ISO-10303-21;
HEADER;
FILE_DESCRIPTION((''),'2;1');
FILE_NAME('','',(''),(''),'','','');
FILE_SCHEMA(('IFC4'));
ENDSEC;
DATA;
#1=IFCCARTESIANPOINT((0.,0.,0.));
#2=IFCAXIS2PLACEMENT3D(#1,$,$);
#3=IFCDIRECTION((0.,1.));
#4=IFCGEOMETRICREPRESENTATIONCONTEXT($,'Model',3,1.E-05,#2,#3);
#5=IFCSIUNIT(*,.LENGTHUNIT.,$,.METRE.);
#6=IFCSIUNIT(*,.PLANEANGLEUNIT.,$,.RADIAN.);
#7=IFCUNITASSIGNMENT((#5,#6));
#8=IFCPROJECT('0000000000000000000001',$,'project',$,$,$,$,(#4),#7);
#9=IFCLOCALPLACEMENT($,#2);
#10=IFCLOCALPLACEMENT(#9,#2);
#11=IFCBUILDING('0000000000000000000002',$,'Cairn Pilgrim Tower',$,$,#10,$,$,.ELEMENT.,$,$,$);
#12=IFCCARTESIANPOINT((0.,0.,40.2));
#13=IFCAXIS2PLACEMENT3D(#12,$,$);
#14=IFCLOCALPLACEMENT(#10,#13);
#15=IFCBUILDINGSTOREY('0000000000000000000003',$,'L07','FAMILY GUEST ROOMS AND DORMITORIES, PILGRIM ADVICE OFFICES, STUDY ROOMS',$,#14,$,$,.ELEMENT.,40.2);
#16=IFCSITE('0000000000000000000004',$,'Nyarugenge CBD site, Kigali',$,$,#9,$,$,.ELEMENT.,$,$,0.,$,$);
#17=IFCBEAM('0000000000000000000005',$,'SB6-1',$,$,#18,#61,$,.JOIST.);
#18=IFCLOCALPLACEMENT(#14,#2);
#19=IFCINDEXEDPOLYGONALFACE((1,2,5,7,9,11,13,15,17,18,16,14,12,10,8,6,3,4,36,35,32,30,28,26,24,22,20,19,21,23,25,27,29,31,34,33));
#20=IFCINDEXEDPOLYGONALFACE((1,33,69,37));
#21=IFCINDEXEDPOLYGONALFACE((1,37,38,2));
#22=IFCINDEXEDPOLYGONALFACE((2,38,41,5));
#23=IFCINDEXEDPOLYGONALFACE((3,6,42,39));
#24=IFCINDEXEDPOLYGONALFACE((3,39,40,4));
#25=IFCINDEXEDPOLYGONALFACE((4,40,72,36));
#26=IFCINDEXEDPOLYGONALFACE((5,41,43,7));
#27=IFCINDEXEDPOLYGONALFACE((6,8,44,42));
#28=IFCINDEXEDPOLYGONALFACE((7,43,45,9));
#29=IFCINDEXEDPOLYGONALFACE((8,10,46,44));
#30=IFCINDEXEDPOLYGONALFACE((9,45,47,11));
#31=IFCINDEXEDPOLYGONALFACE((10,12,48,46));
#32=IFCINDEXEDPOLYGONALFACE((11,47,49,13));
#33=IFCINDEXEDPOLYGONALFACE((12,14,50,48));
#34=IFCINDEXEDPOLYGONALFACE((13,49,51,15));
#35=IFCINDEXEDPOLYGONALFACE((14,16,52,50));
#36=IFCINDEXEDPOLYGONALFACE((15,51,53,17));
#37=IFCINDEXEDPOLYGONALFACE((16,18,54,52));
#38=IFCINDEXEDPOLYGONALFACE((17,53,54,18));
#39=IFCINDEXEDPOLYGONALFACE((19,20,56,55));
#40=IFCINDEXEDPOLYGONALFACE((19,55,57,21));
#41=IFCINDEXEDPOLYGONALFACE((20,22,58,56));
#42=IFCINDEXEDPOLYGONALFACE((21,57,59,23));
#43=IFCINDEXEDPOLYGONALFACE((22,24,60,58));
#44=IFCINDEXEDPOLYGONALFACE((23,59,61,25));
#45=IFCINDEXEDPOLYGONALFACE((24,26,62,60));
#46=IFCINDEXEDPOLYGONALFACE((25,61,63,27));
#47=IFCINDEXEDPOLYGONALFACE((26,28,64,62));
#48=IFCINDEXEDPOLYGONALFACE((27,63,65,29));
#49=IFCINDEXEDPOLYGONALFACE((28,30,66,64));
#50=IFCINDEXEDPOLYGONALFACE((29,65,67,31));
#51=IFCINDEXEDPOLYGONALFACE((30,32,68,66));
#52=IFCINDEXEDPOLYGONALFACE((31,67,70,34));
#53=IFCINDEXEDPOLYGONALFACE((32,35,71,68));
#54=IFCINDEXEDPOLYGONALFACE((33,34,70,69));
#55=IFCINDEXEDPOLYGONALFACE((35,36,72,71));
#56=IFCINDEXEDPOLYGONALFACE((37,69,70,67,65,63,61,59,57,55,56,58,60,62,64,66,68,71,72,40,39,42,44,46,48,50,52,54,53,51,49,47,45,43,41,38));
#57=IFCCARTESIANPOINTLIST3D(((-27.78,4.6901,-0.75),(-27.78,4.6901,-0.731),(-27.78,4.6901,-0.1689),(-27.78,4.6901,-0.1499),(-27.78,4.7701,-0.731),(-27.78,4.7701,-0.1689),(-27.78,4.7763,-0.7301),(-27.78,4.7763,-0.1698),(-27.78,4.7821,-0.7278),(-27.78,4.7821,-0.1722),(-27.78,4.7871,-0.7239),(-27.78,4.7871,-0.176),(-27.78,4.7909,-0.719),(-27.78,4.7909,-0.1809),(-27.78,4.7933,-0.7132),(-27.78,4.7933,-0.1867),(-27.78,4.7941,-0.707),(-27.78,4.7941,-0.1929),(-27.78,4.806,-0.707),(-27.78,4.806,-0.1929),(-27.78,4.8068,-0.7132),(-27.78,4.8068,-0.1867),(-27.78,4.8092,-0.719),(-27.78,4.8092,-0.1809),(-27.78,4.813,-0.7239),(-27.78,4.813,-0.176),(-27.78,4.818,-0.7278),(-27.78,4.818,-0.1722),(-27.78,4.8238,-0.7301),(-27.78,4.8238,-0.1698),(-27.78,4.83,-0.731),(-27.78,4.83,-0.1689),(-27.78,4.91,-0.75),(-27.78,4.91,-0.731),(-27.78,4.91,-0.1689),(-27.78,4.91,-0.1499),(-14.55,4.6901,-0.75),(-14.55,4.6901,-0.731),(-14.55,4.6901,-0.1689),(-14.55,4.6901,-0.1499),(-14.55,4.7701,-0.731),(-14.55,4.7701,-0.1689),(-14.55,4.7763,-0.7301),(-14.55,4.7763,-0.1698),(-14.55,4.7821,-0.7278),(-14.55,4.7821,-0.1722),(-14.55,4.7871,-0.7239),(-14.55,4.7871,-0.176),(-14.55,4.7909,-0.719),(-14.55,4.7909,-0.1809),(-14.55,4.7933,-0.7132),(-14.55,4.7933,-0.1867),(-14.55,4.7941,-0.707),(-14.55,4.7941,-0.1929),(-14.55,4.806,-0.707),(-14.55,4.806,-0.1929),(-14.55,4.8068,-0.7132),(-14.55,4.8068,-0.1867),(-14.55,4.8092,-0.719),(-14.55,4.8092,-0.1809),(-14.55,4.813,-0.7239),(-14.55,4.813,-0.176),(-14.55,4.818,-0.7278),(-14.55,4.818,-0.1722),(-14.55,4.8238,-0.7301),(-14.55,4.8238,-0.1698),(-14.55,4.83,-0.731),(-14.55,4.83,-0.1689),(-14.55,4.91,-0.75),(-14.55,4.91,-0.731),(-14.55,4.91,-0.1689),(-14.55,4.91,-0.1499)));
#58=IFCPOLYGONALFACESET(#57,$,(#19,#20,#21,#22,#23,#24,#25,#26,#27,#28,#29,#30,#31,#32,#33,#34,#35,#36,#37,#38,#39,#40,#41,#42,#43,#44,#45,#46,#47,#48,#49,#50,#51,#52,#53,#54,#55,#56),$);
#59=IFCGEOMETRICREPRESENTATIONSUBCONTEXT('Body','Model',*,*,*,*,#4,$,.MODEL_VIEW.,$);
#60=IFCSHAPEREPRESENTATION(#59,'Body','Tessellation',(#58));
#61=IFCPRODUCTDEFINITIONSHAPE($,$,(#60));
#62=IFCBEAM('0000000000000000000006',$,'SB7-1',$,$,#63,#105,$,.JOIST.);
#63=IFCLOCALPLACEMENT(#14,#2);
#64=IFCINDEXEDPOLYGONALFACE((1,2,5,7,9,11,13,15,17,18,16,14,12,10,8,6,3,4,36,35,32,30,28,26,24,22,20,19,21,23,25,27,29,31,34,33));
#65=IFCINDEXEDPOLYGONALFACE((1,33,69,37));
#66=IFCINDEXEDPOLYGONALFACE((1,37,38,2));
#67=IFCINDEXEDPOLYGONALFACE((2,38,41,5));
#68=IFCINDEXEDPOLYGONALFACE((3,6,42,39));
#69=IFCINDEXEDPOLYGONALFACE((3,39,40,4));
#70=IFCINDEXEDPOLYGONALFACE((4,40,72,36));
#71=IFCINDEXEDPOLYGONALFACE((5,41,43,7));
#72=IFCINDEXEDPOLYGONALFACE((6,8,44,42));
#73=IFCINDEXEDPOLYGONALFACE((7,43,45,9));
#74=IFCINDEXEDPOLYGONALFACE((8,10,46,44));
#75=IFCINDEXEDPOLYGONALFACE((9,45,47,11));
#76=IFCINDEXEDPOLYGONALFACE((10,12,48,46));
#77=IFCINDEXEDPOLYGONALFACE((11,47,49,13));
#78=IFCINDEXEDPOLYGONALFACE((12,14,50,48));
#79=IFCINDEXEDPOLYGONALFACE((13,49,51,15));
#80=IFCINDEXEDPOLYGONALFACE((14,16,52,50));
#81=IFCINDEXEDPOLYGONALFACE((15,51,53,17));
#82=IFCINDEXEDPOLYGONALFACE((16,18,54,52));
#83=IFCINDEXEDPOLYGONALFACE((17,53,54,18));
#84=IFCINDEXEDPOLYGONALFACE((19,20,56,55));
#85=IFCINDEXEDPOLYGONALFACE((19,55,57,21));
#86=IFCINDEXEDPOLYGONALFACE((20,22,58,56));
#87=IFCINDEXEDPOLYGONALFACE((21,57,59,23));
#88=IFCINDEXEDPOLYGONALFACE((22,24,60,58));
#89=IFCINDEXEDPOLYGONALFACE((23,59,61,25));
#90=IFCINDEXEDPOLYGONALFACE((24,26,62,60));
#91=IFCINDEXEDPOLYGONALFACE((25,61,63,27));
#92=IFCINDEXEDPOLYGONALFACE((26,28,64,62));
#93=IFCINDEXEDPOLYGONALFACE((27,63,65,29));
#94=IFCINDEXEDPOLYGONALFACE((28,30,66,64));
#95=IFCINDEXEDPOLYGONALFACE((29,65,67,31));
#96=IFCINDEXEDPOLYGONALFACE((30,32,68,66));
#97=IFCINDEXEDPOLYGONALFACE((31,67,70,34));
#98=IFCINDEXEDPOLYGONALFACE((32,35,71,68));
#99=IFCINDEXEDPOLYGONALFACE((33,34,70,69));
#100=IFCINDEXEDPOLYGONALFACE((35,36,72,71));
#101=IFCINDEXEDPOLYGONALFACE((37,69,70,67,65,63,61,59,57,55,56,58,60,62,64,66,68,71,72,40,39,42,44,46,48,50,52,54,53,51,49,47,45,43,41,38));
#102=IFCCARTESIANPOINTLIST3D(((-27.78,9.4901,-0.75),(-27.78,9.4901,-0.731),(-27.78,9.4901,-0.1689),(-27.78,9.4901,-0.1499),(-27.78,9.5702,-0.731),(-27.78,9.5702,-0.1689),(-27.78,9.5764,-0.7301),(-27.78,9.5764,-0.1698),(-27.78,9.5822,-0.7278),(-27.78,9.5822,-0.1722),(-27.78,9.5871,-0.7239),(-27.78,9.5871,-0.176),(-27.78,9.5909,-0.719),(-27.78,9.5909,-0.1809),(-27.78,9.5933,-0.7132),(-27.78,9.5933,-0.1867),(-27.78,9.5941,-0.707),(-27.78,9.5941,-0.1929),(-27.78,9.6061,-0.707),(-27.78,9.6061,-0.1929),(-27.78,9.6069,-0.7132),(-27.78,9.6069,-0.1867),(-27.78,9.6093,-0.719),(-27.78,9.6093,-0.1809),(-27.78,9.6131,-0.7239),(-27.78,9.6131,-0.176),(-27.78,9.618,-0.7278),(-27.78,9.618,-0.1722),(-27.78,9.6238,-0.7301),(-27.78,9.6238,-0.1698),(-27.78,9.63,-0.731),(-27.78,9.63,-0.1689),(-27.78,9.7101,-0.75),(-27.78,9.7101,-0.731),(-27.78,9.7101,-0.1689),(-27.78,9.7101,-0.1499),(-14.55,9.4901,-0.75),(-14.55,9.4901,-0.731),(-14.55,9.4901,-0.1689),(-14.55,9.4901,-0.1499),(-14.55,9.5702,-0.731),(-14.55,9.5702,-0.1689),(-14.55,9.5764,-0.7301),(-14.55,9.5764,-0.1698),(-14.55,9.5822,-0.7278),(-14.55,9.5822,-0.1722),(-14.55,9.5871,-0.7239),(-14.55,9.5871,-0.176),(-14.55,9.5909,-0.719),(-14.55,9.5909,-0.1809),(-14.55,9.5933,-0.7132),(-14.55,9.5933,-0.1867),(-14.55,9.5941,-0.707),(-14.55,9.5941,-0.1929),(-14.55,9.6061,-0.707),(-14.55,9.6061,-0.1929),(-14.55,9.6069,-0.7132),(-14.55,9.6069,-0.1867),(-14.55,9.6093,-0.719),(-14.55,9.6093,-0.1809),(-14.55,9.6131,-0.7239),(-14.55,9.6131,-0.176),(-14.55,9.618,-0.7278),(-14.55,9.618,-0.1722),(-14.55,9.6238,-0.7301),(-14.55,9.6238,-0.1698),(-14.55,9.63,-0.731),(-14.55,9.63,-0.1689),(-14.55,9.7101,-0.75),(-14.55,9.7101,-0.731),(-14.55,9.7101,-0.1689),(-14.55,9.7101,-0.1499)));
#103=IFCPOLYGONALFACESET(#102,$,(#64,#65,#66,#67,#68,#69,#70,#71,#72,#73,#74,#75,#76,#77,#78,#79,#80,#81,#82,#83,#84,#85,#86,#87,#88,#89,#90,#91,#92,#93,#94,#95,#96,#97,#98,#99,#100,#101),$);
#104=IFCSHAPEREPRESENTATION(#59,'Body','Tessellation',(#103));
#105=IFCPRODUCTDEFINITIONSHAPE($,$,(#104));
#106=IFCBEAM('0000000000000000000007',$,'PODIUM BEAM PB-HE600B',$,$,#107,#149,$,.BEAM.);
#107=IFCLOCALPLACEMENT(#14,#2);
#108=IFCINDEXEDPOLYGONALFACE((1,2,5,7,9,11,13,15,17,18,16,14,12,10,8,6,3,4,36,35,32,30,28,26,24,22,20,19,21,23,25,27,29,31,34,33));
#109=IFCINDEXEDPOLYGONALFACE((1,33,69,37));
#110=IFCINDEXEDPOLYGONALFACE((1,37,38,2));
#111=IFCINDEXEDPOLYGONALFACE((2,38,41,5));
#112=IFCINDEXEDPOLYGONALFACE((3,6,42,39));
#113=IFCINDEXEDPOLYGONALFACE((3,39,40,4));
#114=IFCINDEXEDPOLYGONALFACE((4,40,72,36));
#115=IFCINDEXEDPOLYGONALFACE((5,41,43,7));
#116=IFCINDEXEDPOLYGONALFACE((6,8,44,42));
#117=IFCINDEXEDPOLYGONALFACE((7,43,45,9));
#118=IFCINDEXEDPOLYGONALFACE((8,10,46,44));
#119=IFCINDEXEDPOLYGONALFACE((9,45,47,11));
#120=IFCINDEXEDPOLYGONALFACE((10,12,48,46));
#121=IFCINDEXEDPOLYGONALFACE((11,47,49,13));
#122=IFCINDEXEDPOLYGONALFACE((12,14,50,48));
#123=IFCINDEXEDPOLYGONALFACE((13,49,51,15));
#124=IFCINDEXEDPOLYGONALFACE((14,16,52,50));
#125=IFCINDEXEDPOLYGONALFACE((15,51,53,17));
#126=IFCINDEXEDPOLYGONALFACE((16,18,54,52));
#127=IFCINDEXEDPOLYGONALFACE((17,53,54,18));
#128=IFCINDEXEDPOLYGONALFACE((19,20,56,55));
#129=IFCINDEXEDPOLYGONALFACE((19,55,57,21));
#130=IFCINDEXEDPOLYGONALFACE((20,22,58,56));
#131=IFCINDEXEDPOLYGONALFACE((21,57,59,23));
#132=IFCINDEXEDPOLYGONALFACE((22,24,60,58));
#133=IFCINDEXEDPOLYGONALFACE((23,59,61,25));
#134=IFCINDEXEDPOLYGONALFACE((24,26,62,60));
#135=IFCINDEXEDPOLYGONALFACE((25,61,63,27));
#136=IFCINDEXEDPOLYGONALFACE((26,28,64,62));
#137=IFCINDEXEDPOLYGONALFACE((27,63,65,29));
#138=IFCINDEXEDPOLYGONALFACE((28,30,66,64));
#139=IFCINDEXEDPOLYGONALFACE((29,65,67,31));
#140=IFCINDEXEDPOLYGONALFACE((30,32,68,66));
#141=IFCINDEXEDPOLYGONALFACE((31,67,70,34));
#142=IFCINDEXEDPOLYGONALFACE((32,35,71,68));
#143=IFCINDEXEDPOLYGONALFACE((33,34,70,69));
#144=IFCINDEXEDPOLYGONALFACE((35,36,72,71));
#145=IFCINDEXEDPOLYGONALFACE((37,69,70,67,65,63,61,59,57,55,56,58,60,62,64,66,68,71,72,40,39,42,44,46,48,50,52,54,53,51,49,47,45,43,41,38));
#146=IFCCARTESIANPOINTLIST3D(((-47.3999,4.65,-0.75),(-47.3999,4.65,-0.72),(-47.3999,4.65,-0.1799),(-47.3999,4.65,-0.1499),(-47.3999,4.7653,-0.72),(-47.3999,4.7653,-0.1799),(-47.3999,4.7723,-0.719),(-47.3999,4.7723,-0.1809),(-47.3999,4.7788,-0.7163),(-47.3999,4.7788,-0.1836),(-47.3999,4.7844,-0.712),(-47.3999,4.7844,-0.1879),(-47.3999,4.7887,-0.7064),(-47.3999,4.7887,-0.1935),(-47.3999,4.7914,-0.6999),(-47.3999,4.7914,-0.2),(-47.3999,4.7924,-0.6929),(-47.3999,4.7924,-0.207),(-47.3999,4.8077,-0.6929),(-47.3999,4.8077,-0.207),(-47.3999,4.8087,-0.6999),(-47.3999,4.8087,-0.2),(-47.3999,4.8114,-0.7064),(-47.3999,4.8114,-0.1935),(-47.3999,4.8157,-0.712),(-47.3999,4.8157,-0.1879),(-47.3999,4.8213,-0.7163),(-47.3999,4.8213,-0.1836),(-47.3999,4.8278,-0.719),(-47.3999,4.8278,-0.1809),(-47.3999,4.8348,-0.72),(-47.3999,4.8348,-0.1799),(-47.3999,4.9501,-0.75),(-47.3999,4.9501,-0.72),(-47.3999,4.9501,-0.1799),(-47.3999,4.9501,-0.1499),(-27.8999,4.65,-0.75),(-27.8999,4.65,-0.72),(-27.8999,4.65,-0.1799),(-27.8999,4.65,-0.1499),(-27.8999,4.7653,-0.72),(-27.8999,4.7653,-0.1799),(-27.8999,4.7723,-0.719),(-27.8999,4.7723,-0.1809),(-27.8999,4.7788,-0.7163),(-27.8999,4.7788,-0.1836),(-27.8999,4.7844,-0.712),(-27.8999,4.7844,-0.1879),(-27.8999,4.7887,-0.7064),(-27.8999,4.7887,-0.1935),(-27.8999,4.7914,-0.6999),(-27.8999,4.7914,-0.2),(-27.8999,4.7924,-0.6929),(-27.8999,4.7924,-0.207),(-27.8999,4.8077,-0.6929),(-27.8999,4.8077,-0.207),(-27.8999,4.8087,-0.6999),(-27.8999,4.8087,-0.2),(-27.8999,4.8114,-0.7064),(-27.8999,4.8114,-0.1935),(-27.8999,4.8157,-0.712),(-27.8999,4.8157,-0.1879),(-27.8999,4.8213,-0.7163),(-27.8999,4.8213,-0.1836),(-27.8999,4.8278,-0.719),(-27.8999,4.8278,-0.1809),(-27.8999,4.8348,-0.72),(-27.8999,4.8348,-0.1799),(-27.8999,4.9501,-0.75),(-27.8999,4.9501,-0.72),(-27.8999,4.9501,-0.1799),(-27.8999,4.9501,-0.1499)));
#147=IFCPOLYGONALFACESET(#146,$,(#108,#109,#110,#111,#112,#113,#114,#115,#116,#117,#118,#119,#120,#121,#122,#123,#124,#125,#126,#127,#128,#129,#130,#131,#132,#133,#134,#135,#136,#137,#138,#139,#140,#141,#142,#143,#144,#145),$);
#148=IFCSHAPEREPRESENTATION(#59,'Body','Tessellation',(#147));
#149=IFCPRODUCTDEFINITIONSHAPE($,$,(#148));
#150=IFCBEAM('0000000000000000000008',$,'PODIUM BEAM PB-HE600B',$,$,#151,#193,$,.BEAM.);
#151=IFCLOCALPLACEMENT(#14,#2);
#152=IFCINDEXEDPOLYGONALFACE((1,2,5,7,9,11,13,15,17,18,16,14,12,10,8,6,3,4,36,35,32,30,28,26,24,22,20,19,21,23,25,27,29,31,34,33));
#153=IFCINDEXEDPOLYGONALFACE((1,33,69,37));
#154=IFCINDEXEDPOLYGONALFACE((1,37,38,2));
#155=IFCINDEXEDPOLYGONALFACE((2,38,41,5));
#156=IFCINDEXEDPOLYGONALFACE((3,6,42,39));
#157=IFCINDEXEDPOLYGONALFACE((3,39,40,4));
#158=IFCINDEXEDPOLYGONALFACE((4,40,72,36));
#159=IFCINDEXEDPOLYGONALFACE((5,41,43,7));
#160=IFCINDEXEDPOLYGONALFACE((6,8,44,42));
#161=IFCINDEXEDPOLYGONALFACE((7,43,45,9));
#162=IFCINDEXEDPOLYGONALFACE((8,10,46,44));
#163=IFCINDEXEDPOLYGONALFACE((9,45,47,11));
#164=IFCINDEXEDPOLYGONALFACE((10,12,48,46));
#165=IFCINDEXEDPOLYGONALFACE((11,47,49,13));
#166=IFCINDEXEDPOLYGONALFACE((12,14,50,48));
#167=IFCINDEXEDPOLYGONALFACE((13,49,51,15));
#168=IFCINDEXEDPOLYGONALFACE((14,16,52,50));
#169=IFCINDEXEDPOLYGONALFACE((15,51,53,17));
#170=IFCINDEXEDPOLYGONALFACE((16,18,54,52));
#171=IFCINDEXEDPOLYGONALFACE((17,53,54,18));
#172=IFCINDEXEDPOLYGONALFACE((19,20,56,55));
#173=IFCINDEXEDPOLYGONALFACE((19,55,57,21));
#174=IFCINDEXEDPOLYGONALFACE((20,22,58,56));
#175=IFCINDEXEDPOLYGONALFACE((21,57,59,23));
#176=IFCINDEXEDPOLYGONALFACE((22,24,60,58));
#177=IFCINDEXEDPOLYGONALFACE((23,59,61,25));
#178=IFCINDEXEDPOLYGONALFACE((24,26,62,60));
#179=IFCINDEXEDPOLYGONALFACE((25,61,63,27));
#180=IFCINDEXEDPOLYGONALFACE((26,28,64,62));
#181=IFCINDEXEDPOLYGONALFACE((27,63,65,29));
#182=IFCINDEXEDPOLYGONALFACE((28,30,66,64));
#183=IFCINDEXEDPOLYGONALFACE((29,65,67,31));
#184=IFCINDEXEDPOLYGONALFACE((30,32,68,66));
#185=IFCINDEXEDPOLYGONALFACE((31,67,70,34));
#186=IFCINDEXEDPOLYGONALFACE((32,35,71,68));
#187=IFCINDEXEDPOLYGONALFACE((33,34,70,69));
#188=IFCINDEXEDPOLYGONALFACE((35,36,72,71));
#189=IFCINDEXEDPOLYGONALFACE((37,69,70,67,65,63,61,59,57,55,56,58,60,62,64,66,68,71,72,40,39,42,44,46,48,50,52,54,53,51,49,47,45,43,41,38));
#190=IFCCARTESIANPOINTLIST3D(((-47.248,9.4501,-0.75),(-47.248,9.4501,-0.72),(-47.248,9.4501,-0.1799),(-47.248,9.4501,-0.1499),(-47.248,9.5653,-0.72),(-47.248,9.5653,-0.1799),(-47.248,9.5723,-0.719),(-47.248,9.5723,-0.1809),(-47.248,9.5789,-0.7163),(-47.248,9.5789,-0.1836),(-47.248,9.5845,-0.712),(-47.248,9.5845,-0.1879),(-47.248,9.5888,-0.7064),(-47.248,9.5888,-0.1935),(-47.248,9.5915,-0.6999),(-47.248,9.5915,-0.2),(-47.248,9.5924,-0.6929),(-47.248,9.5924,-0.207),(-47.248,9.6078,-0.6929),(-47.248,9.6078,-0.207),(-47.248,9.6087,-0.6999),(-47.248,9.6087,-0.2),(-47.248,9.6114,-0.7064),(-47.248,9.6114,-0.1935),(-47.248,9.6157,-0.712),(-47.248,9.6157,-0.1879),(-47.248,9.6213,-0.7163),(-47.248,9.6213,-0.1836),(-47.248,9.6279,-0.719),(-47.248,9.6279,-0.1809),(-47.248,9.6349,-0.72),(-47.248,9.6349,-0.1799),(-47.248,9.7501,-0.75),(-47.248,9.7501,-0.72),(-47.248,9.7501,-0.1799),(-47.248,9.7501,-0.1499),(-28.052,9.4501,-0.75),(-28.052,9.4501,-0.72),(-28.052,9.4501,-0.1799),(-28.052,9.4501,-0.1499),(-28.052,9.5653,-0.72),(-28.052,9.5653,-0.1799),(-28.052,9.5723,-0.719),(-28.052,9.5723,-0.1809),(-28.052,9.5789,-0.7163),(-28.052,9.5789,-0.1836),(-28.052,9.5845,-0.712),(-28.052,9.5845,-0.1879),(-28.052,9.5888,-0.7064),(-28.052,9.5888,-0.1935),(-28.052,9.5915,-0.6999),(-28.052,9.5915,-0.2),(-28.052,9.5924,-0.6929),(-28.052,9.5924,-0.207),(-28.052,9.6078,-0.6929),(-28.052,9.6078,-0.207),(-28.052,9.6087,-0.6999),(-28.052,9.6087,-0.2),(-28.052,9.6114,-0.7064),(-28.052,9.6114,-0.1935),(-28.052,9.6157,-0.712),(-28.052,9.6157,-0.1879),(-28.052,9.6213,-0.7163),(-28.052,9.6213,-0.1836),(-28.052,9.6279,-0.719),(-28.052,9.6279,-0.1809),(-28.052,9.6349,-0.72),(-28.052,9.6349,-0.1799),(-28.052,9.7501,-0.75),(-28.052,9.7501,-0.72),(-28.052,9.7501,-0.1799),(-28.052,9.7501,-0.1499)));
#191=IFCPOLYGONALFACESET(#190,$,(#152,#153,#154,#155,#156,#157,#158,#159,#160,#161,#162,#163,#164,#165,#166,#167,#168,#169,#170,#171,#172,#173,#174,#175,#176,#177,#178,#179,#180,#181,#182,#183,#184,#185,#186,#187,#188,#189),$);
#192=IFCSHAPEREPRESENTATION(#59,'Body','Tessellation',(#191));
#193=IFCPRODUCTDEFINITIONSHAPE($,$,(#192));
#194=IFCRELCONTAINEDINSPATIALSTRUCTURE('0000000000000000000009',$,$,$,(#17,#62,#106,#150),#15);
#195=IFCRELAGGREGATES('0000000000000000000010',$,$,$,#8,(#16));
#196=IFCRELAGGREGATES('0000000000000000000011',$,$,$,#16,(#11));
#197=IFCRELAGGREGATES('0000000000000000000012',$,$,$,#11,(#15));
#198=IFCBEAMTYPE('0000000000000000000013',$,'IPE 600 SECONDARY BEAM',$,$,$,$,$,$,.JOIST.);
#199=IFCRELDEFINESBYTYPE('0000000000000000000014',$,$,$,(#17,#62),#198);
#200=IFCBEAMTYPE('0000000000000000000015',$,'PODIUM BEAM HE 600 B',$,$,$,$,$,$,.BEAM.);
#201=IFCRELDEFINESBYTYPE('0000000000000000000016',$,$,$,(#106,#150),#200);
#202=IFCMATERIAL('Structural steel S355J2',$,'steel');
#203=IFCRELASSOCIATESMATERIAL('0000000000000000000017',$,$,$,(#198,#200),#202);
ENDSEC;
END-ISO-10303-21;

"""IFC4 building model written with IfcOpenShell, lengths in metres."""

from ifc_helpers import new_model, si_unit, direction, frame, origin, origin_2d, place, context, subcontext, project, spatial, i_section, extrude, material, material_profile, profile_set, type_object, element, save


model = new_model("IFC4")

# Units and contexts
model_context = context("Model", 3, precision=1e-05, world=origin(), true_north=direction((0.0, 1.0)))
body_context = subcontext(model_context, "Body", "Model", "MODEL_VIEW")
ifc_project = project(units=[si_unit("LENGTHUNIT", "METRE"), si_unit("PLANEANGLEUNIT", "RADIAN")], contexts=[model_context])

# Site, building, storey
site_placement = place(None, origin())
site = spatial("IfcSite", under=ifc_project, at=site_placement, Name="Nyarugenge CBD site, Kigali", CompositionType="ELEMENT", RefElevation=0.0)
building_placement = place(site_placement, origin())
building = spatial("IfcBuilding", under=site, at=building_placement, Name="Cairn Pilgrim Tower", CompositionType="ELEMENT")
storey_placement = place(building_placement, frame((0.0, 0.0, 40.2)))
storey = spatial("IfcBuildingStorey", under=building, at=storey_placement, Name="L07", Description="FAMILY GUEST ROOMS AND DORMITORIES, PILGRIM ADVICE OFFICES, STUDY ROOMS", CompositionType="ELEMENT", Elevation=40.2)

# Beams
ifc_material_1 = material(Name="Structural steel S355J2", Category="steel")
ifc_material_profile_1 = material_profile(ifc_material_1, i_section(OverallWidth=0.22, OverallDepth=0.6001, WebThickness=0.012, FlangeThickness=0.019, FilletRadius=0.0239, at=origin_2d()), Name="IPE 600")
ifc_profile_set_1 = profile_set([ifc_material_profile_1], Name="Structural steel S355J2")
beam_type_1 = type_object("IfcBeamType", Name="IPE 600 SECONDARY BEAM", PredefinedType="JOIST", material=ifc_profile_set_1)
for number, where, z_axis, x_axis, name in (
    (1, (-27.78, 4.8, -0.45), (1.0, 0.0, 0.0), (0.0, 1.0, 0.0), "SB6-1"),
    (2, (-27.78, 9.6001, -0.45), (1.0, 0.0, 0.0), (0.0, 1.0, 0.0), "SB7-1"),
):
    element("IfcBeam", number, at=place(storey_placement, frame(where, z_axis=z_axis, x_axis=x_axis)), inside=storey, type_object=beam_type_1, Name=name, PredefinedType="JOIST", context=body_context, shape_type="SweptSolid", body=[
        extrude(i_section(OverallWidth=0.22, OverallDepth=0.6001, WebThickness=0.012, FlangeThickness=0.019, FilletRadius=0.0239, at=origin_2d()), origin(), (0.0, 0.0, 1.0), 13.23),
    ])
ifc_material_profile_2 = material_profile(ifc_material_1, i_section(OverallWidth=0.3, OverallDepth=0.6001, WebThickness=0.0154, FlangeThickness=0.03, FilletRadius=0.0271, at=origin_2d()), Name="HEB 600")
ifc_profile_set_2 = profile_set([ifc_material_profile_2], Name="Structural steel S355J2")
beam_type_2 = type_object("IfcBeamType", Name="PODIUM BEAM HE 600 B", PredefinedType="BEAM", material=ifc_profile_set_2)
beam_1_placement = place(storey_placement, frame((-47.3999, 4.8, -0.45), z_axis=(1.0, 0.0, 0.0), x_axis=(0.0, 1.0, 0.0)))
element("IfcBeam", 3, at=beam_1_placement, inside=storey, type_object=beam_type_2, Name="PODIUM BEAM PB-HE600B", PredefinedType="BEAM", context=body_context, shape_type="SweptSolid", body=[
    extrude(i_section(OverallWidth=0.3, OverallDepth=0.6001, WebThickness=0.0154, FlangeThickness=0.03, FilletRadius=0.0271, at=origin_2d()), origin(), (0.0, 0.0, 1.0), 19.5),
])
beam_2_placement = place(storey_placement, frame((-47.248, 9.6001, -0.45), z_axis=(1.0, 0.0, 0.0), x_axis=(0.0, 1.0, 0.0)))
element("IfcBeam", 4, at=beam_2_placement, inside=storey, type_object=beam_type_2, Name="PODIUM BEAM PB-HE600B", PredefinedType="BEAM", context=body_context, shape_type="SweptSolid", body=[
    extrude(i_section(OverallWidth=0.3, OverallDepth=0.6001, WebThickness=0.0154, FlangeThickness=0.03, FilletRadius=0.0271, at=origin_2d()), origin(), (0.0, 0.0, 1.0), 19.196),
])

save(model, "model.ifc")
